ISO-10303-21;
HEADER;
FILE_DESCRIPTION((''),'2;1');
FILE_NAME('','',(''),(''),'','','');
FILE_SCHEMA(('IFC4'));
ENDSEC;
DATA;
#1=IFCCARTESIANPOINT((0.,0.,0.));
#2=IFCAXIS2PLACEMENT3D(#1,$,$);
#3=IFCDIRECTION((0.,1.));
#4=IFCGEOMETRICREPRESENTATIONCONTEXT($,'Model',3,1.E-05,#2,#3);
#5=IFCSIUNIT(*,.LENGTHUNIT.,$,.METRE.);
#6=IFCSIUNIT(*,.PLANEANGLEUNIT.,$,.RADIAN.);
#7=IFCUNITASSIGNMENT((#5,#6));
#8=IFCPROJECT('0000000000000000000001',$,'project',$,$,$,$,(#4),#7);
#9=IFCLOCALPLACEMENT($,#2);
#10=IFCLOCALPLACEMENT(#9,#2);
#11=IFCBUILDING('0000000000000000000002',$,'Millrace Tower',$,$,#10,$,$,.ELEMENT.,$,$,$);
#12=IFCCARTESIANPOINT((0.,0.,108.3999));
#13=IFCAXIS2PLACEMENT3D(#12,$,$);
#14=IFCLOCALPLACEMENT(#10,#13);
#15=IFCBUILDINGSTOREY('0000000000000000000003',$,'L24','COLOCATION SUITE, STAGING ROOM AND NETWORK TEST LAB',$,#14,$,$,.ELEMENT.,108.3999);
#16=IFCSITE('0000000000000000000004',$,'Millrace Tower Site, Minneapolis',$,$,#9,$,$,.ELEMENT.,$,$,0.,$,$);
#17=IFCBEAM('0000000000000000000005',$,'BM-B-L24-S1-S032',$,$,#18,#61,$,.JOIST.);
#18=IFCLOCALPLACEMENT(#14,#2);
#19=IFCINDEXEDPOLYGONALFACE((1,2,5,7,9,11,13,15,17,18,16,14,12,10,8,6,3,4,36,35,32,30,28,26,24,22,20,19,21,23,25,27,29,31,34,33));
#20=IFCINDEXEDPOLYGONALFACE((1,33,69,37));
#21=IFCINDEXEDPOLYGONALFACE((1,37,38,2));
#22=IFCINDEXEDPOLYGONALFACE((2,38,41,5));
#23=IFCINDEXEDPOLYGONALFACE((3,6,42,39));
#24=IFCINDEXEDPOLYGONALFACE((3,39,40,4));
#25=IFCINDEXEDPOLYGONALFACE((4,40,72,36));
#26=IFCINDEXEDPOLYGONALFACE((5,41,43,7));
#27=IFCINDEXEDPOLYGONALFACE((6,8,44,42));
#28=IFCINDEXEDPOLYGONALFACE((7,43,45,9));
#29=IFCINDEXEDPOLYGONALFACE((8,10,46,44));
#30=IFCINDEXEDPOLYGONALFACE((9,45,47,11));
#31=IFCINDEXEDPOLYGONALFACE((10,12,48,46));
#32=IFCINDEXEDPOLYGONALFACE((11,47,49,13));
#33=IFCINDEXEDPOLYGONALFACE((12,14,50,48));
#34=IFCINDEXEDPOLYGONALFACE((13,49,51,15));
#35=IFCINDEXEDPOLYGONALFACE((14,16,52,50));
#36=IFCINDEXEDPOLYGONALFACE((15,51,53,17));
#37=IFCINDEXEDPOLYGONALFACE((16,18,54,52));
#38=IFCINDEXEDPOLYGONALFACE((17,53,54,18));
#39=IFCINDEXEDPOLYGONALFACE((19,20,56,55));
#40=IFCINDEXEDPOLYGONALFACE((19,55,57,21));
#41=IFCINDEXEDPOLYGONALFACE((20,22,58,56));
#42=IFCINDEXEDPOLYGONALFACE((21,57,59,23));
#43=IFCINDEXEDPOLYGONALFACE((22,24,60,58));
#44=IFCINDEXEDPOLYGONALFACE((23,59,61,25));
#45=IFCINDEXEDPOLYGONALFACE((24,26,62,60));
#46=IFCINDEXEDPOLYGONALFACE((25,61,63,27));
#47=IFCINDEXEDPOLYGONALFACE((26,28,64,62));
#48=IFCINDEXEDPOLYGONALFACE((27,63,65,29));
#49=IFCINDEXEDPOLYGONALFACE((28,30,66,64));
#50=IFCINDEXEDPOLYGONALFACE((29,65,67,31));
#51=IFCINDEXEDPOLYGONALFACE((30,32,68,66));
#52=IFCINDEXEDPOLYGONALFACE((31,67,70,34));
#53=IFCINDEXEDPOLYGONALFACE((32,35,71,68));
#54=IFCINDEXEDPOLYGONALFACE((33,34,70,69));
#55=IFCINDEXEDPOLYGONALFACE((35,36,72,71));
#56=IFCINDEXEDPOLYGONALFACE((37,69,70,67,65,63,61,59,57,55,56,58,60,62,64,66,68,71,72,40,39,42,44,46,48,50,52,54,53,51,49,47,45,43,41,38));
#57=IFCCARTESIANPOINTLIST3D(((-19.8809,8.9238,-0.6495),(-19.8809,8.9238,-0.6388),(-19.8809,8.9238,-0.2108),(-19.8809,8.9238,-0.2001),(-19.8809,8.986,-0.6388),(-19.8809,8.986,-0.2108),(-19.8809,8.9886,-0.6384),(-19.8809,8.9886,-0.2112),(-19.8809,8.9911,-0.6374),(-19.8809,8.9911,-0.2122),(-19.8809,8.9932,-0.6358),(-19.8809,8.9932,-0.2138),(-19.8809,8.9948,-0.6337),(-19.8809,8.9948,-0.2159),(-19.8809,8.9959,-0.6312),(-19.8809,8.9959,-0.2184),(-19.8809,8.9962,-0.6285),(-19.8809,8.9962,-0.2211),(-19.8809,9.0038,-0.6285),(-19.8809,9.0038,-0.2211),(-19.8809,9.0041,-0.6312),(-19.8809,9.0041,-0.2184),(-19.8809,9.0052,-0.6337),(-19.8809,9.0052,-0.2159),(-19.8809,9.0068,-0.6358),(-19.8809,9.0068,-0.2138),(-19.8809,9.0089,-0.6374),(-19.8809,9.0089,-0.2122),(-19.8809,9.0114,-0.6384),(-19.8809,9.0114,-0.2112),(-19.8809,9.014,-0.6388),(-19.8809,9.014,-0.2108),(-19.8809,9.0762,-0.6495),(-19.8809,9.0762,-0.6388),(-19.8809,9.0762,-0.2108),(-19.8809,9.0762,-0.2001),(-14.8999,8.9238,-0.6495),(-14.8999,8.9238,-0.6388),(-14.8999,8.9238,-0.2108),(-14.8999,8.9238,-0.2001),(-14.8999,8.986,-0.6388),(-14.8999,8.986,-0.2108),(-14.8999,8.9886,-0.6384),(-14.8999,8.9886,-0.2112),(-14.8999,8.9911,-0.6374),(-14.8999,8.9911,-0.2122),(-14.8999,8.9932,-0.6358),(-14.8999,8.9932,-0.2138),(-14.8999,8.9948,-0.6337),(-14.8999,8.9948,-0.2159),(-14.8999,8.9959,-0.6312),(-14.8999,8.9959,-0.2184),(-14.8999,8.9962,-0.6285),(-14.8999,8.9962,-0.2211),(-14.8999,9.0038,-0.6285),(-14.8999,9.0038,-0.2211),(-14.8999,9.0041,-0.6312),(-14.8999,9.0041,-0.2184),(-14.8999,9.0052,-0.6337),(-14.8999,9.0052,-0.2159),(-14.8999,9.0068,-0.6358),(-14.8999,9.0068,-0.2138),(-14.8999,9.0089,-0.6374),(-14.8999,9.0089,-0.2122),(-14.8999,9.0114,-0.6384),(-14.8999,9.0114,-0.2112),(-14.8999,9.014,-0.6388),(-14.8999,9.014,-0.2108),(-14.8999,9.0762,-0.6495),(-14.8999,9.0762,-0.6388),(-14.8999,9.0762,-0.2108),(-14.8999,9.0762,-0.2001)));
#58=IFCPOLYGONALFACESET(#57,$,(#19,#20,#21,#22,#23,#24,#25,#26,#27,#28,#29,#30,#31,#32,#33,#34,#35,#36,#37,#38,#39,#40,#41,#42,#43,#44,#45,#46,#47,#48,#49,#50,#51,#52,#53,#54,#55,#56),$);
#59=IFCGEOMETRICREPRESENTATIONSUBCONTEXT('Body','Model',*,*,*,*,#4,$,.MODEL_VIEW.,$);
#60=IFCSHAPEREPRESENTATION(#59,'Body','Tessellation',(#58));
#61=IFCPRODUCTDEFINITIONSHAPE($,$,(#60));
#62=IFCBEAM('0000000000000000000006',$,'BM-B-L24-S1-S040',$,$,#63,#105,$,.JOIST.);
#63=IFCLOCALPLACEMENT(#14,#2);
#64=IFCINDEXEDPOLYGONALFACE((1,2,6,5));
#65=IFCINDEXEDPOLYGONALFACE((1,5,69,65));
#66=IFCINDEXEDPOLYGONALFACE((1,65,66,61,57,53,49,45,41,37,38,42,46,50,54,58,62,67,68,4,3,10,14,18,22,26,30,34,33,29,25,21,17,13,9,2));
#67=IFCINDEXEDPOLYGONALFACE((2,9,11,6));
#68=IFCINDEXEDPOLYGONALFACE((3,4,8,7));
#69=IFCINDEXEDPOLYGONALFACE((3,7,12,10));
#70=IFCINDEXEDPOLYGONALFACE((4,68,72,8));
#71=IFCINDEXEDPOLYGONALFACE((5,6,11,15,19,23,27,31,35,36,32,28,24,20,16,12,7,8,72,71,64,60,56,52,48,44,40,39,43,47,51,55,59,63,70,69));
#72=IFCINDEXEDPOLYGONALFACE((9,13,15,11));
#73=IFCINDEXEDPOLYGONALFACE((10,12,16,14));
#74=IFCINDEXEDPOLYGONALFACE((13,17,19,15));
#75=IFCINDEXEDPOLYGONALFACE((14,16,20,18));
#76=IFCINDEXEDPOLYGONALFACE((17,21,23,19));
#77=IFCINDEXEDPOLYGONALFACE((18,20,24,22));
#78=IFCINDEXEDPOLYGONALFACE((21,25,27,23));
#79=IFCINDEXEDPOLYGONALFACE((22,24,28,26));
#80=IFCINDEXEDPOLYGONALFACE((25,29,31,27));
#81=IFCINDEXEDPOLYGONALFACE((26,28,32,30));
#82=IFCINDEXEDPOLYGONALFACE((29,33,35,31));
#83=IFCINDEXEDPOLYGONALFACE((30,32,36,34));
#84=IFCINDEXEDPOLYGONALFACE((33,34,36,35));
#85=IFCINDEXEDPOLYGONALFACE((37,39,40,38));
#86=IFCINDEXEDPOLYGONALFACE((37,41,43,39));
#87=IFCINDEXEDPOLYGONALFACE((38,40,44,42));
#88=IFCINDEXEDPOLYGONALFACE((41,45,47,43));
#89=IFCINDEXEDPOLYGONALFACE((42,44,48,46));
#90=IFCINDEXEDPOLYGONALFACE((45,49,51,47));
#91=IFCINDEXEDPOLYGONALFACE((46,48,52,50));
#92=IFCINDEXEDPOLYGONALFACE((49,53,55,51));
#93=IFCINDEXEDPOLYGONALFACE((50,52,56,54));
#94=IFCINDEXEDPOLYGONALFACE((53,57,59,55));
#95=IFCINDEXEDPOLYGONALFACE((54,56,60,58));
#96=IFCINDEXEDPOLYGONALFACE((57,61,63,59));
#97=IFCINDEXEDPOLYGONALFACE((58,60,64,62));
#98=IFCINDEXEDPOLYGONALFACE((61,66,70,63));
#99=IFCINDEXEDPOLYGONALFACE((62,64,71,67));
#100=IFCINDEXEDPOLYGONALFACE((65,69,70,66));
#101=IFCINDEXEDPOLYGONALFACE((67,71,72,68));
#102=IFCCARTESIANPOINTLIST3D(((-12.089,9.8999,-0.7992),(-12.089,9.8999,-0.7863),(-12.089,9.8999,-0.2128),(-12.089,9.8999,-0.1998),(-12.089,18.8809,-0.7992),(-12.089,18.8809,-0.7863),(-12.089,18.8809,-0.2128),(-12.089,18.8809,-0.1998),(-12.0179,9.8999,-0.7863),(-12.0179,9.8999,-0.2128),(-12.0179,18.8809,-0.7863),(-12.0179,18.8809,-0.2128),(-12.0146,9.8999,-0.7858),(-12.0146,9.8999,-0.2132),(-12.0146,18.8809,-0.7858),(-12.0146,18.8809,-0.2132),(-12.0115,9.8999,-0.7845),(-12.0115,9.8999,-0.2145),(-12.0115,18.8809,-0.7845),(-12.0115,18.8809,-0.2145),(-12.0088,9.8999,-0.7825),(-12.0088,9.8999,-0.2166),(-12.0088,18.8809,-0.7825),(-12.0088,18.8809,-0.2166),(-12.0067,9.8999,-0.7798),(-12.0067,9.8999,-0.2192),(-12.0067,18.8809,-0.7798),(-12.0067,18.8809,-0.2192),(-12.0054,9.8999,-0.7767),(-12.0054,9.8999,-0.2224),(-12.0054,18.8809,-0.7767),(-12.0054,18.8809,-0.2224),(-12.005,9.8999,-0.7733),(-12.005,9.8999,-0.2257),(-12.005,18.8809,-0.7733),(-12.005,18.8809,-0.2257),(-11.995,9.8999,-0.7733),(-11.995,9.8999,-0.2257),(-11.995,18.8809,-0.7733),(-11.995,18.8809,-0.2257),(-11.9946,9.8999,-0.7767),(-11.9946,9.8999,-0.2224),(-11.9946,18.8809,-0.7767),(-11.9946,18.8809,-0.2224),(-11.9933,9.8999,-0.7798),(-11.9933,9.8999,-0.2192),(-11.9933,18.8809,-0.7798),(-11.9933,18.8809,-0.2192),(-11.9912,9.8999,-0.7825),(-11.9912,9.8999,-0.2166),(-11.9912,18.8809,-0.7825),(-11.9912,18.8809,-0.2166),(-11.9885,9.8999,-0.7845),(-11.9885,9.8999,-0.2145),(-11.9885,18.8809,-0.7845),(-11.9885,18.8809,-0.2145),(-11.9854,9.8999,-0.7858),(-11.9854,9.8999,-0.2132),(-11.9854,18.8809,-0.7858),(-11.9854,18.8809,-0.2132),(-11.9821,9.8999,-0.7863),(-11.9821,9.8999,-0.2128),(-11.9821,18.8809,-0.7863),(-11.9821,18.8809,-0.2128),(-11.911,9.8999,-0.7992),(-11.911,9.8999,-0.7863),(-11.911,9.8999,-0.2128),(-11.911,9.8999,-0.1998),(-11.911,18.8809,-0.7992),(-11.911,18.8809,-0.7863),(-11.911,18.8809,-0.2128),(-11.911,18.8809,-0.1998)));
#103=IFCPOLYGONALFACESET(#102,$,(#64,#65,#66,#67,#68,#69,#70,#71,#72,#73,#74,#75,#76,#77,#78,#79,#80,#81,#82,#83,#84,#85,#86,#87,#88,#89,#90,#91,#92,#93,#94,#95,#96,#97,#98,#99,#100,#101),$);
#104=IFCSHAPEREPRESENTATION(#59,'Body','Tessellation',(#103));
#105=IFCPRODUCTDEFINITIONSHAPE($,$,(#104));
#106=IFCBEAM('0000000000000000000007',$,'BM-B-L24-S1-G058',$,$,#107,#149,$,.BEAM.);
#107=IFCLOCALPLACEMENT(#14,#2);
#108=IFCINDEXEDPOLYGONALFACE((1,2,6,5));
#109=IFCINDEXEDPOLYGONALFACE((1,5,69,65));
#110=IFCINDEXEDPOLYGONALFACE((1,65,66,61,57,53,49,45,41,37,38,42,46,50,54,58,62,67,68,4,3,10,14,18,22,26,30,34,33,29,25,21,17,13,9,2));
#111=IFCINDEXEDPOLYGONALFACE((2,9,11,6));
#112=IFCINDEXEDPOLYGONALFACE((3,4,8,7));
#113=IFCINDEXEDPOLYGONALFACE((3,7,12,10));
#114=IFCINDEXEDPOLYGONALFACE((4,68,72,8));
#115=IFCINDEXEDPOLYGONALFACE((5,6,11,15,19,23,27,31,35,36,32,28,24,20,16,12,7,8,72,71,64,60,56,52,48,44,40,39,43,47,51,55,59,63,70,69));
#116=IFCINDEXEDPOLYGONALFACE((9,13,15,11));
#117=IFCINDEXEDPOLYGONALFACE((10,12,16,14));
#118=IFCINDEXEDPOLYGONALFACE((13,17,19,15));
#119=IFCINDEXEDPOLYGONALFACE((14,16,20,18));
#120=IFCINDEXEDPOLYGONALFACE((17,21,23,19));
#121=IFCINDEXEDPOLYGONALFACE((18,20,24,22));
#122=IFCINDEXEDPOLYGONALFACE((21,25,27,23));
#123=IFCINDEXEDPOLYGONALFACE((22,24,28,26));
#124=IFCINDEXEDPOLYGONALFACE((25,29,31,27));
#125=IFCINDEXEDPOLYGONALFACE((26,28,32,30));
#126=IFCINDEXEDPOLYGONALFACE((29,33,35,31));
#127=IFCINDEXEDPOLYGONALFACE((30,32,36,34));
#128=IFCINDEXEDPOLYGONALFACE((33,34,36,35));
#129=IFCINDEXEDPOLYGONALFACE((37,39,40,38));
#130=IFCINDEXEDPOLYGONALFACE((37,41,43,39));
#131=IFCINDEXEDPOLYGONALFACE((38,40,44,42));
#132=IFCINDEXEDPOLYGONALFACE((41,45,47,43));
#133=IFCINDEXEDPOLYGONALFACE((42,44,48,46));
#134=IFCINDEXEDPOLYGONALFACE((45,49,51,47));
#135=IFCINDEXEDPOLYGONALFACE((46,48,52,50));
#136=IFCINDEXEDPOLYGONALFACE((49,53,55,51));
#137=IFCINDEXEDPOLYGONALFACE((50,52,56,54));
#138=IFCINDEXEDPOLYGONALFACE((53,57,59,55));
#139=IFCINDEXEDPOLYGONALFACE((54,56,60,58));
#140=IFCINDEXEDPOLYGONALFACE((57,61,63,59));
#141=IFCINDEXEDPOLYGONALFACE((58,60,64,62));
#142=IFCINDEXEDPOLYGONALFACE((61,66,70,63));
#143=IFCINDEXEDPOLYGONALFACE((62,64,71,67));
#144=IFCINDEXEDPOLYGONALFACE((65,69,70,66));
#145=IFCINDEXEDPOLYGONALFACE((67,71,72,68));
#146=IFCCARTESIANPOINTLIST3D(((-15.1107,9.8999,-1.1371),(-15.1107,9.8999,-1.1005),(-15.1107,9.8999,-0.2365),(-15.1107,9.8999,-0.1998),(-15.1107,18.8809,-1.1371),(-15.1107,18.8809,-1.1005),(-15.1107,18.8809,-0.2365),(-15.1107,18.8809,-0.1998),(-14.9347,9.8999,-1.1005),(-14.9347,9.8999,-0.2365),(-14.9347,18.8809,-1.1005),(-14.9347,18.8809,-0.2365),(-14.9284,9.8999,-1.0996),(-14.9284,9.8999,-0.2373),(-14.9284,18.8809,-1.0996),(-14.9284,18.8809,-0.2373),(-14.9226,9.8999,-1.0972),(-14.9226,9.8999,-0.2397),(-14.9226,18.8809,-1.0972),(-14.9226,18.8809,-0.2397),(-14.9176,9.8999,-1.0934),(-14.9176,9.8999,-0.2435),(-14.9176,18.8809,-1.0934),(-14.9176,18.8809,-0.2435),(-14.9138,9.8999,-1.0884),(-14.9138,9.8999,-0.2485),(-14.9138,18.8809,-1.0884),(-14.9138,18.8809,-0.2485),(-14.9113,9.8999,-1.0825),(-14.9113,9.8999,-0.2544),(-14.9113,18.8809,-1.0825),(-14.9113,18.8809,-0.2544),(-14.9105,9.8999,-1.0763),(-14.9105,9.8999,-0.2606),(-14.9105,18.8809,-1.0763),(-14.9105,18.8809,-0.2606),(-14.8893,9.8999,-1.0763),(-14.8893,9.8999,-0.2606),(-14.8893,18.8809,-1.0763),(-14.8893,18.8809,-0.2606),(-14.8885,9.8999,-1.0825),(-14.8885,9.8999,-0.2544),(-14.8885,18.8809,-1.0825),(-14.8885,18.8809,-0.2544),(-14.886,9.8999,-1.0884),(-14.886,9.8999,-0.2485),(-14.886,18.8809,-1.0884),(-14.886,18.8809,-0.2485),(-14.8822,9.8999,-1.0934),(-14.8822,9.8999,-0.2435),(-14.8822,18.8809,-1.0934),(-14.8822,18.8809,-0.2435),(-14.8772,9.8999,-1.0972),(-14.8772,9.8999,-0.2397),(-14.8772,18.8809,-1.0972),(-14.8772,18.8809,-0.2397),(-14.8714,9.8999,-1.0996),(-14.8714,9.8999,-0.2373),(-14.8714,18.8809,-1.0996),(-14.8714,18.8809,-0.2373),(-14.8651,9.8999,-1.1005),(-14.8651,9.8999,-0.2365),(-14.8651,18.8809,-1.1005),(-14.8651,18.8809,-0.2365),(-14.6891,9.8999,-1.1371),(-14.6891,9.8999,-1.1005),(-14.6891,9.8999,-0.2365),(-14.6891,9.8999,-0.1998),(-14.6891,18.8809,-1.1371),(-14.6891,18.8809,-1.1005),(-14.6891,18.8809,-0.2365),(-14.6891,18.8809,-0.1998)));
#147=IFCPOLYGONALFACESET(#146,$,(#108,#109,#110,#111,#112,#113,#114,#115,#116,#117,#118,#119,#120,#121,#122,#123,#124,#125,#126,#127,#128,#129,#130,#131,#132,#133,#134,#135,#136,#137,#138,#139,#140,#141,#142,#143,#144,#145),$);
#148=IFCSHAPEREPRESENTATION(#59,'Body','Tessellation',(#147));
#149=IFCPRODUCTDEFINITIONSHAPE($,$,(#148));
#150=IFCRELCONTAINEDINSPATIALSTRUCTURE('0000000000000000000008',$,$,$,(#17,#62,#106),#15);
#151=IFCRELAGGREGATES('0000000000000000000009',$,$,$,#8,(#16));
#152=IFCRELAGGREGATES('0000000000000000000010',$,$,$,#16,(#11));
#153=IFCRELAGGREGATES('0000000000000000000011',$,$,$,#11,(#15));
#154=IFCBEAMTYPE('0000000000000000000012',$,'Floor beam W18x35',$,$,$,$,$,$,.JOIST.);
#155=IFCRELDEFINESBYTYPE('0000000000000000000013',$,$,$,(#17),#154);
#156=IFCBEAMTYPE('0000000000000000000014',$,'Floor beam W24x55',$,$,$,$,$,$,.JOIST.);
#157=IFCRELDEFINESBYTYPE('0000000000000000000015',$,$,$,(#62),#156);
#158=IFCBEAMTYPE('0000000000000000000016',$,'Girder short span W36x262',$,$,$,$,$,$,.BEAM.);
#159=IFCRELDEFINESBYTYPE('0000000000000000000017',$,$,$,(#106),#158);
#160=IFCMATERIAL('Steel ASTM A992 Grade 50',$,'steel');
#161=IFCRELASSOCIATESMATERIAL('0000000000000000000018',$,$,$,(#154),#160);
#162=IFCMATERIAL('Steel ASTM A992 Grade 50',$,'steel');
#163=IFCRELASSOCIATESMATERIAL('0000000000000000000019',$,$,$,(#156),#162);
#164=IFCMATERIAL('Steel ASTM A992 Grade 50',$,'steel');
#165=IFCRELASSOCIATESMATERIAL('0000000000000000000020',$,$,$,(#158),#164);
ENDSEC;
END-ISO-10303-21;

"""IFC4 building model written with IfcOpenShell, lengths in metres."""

from ifc_helpers import new_model, si_unit, direction, frame, origin, origin_2d, place, context, subcontext, project, spatial, i_section, extrude, material, material_profile, profile_set, type_object, element, save


model = new_model("IFC4")

# Units and contexts
model_context = context("Model", 3, precision=1e-05, world=origin(), true_north=direction((0.0, 1.0)))
body_context = subcontext(model_context, "Body", "Model", "MODEL_VIEW")
ifc_project = project(units=[si_unit("LENGTHUNIT", "METRE"), si_unit("PLANEANGLEUNIT", "RADIAN")], contexts=[model_context])

# Site, building, storey
site_placement = place(None, origin())
site = spatial("IfcSite", under=ifc_project, at=site_placement, Name="Millrace Tower Site, Minneapolis", CompositionType="ELEMENT", RefElevation=0.0)
building_placement = place(site_placement, origin())
building = spatial("IfcBuilding", under=site, at=building_placement, Name="Millrace Tower", CompositionType="ELEMENT")
storey_placement = place(building_placement, frame((0.0, 0.0, 108.3999)))
storey = spatial("IfcBuildingStorey", under=building, at=storey_placement, Name="L24", Description="COLOCATION SUITE, STAGING ROOM AND NETWORK TEST LAB", CompositionType="ELEMENT", Elevation=108.3999)

# Beams
ifc_material_1 = material(Name="Steel ASTM A992 Grade 50", Category="steel")
ifc_material_profile_1 = material_profile(ifc_material_1, i_section(OverallWidth=0.1523, OverallDepth=0.4495, WebThickness=0.0076, FlangeThickness=0.0107, FilletRadius=0.0103, at=origin_2d()))
ifc_profile_set_1 = profile_set([ifc_material_profile_1], Name="Steel ASTM A992 Grade 50")
beam_type_1 = type_object("IfcBeamType", Name="Floor beam W18x35", PredefinedType="JOIST", material=ifc_profile_set_1)
for number, where, z_axis, x_axis, name in (
    (1, (-19.8809, 9.0, -0.4248), (1.0, 0.0, 0.0), (0.0, 1.0, 0.0), "BM-B-L24-S1-S032"),
):
    element("IfcBeam", number, at=place(storey_placement, frame(where, z_axis=z_axis, x_axis=x_axis)), inside=storey, type_object=beam_type_1, Name=name, PredefinedType="JOIST", context=body_context, shape_type="SweptSolid", body=[
        extrude(i_section(OverallWidth=0.1523, OverallDepth=0.4495, WebThickness=0.0076, FlangeThickness=0.0107, FilletRadius=0.0103, at=origin_2d()), origin(), (0.0, 0.0, 1.0), 4.981),
    ])
ifc_material_2 = material(Name="Steel ASTM A992 Grade 50", Category="steel")
ifc_material_profile_2 = material_profile(ifc_material_2, i_section(OverallWidth=0.178, OverallDepth=0.5994, WebThickness=0.01, FlangeThickness=0.0129, FilletRadius=0.0129, at=origin_2d()))
ifc_profile_set_2 = profile_set([ifc_material_profile_2], Name="Steel ASTM A992 Grade 50")
beam_type_2 = type_object("IfcBeamType", Name="Floor beam W24x55", PredefinedType="JOIST", material=ifc_profile_set_2)
beam_1_placement = place(storey_placement, frame((-12.0, 9.8999, -0.4995), z_axis=(0.0, 1.0, 0.0), x_axis=(-1.0, 0.0, 0.0)))
element("IfcBeam", 2, at=beam_1_placement, inside=storey, type_object=beam_type_2, Name="BM-B-L24-S1-S040", PredefinedType="JOIST", context=body_context, shape_type="SweptSolid", body=[
    extrude(i_section(OverallWidth=0.178, OverallDepth=0.5994, WebThickness=0.01, FlangeThickness=0.0129, FilletRadius=0.0129, at=origin_2d()), origin(), (0.0, 0.0, 1.0), 8.981),
])
ifc_material_3 = material(Name="Steel ASTM A992 Grade 50", Category="steel")
ifc_material_profile_3 = material_profile(ifc_material_3, i_section(OverallWidth=0.4216, OverallDepth=0.9373, WebThickness=0.0212, FlangeThickness=0.0366, FilletRadius=0.0242, at=origin_2d()))
ifc_profile_set_3 = profile_set([ifc_material_profile_3], Name="Steel ASTM A992 Grade 50")
beam_type_3 = type_object("IfcBeamType", Name="Girder short span W36x262", PredefinedType="BEAM", material=ifc_profile_set_3)
beam_2_placement = place(storey_placement, frame((-14.8999, 9.8999, -0.6685), z_axis=(0.0, 1.0, 0.0), x_axis=(-1.0, 0.0, 0.0)))
element("IfcBeam", 3, at=beam_2_placement, inside=storey, type_object=beam_type_3, Name="BM-B-L24-S1-G058", PredefinedType="BEAM", context=body_context, shape_type="SweptSolid", body=[
    extrude(i_section(OverallWidth=0.4216, OverallDepth=0.9373, WebThickness=0.0212, FlangeThickness=0.0366, FilletRadius=0.0242, at=origin_2d()), origin(), (0.0, 0.0, 1.0), 8.981),
])

save(model, "model.ifc")
